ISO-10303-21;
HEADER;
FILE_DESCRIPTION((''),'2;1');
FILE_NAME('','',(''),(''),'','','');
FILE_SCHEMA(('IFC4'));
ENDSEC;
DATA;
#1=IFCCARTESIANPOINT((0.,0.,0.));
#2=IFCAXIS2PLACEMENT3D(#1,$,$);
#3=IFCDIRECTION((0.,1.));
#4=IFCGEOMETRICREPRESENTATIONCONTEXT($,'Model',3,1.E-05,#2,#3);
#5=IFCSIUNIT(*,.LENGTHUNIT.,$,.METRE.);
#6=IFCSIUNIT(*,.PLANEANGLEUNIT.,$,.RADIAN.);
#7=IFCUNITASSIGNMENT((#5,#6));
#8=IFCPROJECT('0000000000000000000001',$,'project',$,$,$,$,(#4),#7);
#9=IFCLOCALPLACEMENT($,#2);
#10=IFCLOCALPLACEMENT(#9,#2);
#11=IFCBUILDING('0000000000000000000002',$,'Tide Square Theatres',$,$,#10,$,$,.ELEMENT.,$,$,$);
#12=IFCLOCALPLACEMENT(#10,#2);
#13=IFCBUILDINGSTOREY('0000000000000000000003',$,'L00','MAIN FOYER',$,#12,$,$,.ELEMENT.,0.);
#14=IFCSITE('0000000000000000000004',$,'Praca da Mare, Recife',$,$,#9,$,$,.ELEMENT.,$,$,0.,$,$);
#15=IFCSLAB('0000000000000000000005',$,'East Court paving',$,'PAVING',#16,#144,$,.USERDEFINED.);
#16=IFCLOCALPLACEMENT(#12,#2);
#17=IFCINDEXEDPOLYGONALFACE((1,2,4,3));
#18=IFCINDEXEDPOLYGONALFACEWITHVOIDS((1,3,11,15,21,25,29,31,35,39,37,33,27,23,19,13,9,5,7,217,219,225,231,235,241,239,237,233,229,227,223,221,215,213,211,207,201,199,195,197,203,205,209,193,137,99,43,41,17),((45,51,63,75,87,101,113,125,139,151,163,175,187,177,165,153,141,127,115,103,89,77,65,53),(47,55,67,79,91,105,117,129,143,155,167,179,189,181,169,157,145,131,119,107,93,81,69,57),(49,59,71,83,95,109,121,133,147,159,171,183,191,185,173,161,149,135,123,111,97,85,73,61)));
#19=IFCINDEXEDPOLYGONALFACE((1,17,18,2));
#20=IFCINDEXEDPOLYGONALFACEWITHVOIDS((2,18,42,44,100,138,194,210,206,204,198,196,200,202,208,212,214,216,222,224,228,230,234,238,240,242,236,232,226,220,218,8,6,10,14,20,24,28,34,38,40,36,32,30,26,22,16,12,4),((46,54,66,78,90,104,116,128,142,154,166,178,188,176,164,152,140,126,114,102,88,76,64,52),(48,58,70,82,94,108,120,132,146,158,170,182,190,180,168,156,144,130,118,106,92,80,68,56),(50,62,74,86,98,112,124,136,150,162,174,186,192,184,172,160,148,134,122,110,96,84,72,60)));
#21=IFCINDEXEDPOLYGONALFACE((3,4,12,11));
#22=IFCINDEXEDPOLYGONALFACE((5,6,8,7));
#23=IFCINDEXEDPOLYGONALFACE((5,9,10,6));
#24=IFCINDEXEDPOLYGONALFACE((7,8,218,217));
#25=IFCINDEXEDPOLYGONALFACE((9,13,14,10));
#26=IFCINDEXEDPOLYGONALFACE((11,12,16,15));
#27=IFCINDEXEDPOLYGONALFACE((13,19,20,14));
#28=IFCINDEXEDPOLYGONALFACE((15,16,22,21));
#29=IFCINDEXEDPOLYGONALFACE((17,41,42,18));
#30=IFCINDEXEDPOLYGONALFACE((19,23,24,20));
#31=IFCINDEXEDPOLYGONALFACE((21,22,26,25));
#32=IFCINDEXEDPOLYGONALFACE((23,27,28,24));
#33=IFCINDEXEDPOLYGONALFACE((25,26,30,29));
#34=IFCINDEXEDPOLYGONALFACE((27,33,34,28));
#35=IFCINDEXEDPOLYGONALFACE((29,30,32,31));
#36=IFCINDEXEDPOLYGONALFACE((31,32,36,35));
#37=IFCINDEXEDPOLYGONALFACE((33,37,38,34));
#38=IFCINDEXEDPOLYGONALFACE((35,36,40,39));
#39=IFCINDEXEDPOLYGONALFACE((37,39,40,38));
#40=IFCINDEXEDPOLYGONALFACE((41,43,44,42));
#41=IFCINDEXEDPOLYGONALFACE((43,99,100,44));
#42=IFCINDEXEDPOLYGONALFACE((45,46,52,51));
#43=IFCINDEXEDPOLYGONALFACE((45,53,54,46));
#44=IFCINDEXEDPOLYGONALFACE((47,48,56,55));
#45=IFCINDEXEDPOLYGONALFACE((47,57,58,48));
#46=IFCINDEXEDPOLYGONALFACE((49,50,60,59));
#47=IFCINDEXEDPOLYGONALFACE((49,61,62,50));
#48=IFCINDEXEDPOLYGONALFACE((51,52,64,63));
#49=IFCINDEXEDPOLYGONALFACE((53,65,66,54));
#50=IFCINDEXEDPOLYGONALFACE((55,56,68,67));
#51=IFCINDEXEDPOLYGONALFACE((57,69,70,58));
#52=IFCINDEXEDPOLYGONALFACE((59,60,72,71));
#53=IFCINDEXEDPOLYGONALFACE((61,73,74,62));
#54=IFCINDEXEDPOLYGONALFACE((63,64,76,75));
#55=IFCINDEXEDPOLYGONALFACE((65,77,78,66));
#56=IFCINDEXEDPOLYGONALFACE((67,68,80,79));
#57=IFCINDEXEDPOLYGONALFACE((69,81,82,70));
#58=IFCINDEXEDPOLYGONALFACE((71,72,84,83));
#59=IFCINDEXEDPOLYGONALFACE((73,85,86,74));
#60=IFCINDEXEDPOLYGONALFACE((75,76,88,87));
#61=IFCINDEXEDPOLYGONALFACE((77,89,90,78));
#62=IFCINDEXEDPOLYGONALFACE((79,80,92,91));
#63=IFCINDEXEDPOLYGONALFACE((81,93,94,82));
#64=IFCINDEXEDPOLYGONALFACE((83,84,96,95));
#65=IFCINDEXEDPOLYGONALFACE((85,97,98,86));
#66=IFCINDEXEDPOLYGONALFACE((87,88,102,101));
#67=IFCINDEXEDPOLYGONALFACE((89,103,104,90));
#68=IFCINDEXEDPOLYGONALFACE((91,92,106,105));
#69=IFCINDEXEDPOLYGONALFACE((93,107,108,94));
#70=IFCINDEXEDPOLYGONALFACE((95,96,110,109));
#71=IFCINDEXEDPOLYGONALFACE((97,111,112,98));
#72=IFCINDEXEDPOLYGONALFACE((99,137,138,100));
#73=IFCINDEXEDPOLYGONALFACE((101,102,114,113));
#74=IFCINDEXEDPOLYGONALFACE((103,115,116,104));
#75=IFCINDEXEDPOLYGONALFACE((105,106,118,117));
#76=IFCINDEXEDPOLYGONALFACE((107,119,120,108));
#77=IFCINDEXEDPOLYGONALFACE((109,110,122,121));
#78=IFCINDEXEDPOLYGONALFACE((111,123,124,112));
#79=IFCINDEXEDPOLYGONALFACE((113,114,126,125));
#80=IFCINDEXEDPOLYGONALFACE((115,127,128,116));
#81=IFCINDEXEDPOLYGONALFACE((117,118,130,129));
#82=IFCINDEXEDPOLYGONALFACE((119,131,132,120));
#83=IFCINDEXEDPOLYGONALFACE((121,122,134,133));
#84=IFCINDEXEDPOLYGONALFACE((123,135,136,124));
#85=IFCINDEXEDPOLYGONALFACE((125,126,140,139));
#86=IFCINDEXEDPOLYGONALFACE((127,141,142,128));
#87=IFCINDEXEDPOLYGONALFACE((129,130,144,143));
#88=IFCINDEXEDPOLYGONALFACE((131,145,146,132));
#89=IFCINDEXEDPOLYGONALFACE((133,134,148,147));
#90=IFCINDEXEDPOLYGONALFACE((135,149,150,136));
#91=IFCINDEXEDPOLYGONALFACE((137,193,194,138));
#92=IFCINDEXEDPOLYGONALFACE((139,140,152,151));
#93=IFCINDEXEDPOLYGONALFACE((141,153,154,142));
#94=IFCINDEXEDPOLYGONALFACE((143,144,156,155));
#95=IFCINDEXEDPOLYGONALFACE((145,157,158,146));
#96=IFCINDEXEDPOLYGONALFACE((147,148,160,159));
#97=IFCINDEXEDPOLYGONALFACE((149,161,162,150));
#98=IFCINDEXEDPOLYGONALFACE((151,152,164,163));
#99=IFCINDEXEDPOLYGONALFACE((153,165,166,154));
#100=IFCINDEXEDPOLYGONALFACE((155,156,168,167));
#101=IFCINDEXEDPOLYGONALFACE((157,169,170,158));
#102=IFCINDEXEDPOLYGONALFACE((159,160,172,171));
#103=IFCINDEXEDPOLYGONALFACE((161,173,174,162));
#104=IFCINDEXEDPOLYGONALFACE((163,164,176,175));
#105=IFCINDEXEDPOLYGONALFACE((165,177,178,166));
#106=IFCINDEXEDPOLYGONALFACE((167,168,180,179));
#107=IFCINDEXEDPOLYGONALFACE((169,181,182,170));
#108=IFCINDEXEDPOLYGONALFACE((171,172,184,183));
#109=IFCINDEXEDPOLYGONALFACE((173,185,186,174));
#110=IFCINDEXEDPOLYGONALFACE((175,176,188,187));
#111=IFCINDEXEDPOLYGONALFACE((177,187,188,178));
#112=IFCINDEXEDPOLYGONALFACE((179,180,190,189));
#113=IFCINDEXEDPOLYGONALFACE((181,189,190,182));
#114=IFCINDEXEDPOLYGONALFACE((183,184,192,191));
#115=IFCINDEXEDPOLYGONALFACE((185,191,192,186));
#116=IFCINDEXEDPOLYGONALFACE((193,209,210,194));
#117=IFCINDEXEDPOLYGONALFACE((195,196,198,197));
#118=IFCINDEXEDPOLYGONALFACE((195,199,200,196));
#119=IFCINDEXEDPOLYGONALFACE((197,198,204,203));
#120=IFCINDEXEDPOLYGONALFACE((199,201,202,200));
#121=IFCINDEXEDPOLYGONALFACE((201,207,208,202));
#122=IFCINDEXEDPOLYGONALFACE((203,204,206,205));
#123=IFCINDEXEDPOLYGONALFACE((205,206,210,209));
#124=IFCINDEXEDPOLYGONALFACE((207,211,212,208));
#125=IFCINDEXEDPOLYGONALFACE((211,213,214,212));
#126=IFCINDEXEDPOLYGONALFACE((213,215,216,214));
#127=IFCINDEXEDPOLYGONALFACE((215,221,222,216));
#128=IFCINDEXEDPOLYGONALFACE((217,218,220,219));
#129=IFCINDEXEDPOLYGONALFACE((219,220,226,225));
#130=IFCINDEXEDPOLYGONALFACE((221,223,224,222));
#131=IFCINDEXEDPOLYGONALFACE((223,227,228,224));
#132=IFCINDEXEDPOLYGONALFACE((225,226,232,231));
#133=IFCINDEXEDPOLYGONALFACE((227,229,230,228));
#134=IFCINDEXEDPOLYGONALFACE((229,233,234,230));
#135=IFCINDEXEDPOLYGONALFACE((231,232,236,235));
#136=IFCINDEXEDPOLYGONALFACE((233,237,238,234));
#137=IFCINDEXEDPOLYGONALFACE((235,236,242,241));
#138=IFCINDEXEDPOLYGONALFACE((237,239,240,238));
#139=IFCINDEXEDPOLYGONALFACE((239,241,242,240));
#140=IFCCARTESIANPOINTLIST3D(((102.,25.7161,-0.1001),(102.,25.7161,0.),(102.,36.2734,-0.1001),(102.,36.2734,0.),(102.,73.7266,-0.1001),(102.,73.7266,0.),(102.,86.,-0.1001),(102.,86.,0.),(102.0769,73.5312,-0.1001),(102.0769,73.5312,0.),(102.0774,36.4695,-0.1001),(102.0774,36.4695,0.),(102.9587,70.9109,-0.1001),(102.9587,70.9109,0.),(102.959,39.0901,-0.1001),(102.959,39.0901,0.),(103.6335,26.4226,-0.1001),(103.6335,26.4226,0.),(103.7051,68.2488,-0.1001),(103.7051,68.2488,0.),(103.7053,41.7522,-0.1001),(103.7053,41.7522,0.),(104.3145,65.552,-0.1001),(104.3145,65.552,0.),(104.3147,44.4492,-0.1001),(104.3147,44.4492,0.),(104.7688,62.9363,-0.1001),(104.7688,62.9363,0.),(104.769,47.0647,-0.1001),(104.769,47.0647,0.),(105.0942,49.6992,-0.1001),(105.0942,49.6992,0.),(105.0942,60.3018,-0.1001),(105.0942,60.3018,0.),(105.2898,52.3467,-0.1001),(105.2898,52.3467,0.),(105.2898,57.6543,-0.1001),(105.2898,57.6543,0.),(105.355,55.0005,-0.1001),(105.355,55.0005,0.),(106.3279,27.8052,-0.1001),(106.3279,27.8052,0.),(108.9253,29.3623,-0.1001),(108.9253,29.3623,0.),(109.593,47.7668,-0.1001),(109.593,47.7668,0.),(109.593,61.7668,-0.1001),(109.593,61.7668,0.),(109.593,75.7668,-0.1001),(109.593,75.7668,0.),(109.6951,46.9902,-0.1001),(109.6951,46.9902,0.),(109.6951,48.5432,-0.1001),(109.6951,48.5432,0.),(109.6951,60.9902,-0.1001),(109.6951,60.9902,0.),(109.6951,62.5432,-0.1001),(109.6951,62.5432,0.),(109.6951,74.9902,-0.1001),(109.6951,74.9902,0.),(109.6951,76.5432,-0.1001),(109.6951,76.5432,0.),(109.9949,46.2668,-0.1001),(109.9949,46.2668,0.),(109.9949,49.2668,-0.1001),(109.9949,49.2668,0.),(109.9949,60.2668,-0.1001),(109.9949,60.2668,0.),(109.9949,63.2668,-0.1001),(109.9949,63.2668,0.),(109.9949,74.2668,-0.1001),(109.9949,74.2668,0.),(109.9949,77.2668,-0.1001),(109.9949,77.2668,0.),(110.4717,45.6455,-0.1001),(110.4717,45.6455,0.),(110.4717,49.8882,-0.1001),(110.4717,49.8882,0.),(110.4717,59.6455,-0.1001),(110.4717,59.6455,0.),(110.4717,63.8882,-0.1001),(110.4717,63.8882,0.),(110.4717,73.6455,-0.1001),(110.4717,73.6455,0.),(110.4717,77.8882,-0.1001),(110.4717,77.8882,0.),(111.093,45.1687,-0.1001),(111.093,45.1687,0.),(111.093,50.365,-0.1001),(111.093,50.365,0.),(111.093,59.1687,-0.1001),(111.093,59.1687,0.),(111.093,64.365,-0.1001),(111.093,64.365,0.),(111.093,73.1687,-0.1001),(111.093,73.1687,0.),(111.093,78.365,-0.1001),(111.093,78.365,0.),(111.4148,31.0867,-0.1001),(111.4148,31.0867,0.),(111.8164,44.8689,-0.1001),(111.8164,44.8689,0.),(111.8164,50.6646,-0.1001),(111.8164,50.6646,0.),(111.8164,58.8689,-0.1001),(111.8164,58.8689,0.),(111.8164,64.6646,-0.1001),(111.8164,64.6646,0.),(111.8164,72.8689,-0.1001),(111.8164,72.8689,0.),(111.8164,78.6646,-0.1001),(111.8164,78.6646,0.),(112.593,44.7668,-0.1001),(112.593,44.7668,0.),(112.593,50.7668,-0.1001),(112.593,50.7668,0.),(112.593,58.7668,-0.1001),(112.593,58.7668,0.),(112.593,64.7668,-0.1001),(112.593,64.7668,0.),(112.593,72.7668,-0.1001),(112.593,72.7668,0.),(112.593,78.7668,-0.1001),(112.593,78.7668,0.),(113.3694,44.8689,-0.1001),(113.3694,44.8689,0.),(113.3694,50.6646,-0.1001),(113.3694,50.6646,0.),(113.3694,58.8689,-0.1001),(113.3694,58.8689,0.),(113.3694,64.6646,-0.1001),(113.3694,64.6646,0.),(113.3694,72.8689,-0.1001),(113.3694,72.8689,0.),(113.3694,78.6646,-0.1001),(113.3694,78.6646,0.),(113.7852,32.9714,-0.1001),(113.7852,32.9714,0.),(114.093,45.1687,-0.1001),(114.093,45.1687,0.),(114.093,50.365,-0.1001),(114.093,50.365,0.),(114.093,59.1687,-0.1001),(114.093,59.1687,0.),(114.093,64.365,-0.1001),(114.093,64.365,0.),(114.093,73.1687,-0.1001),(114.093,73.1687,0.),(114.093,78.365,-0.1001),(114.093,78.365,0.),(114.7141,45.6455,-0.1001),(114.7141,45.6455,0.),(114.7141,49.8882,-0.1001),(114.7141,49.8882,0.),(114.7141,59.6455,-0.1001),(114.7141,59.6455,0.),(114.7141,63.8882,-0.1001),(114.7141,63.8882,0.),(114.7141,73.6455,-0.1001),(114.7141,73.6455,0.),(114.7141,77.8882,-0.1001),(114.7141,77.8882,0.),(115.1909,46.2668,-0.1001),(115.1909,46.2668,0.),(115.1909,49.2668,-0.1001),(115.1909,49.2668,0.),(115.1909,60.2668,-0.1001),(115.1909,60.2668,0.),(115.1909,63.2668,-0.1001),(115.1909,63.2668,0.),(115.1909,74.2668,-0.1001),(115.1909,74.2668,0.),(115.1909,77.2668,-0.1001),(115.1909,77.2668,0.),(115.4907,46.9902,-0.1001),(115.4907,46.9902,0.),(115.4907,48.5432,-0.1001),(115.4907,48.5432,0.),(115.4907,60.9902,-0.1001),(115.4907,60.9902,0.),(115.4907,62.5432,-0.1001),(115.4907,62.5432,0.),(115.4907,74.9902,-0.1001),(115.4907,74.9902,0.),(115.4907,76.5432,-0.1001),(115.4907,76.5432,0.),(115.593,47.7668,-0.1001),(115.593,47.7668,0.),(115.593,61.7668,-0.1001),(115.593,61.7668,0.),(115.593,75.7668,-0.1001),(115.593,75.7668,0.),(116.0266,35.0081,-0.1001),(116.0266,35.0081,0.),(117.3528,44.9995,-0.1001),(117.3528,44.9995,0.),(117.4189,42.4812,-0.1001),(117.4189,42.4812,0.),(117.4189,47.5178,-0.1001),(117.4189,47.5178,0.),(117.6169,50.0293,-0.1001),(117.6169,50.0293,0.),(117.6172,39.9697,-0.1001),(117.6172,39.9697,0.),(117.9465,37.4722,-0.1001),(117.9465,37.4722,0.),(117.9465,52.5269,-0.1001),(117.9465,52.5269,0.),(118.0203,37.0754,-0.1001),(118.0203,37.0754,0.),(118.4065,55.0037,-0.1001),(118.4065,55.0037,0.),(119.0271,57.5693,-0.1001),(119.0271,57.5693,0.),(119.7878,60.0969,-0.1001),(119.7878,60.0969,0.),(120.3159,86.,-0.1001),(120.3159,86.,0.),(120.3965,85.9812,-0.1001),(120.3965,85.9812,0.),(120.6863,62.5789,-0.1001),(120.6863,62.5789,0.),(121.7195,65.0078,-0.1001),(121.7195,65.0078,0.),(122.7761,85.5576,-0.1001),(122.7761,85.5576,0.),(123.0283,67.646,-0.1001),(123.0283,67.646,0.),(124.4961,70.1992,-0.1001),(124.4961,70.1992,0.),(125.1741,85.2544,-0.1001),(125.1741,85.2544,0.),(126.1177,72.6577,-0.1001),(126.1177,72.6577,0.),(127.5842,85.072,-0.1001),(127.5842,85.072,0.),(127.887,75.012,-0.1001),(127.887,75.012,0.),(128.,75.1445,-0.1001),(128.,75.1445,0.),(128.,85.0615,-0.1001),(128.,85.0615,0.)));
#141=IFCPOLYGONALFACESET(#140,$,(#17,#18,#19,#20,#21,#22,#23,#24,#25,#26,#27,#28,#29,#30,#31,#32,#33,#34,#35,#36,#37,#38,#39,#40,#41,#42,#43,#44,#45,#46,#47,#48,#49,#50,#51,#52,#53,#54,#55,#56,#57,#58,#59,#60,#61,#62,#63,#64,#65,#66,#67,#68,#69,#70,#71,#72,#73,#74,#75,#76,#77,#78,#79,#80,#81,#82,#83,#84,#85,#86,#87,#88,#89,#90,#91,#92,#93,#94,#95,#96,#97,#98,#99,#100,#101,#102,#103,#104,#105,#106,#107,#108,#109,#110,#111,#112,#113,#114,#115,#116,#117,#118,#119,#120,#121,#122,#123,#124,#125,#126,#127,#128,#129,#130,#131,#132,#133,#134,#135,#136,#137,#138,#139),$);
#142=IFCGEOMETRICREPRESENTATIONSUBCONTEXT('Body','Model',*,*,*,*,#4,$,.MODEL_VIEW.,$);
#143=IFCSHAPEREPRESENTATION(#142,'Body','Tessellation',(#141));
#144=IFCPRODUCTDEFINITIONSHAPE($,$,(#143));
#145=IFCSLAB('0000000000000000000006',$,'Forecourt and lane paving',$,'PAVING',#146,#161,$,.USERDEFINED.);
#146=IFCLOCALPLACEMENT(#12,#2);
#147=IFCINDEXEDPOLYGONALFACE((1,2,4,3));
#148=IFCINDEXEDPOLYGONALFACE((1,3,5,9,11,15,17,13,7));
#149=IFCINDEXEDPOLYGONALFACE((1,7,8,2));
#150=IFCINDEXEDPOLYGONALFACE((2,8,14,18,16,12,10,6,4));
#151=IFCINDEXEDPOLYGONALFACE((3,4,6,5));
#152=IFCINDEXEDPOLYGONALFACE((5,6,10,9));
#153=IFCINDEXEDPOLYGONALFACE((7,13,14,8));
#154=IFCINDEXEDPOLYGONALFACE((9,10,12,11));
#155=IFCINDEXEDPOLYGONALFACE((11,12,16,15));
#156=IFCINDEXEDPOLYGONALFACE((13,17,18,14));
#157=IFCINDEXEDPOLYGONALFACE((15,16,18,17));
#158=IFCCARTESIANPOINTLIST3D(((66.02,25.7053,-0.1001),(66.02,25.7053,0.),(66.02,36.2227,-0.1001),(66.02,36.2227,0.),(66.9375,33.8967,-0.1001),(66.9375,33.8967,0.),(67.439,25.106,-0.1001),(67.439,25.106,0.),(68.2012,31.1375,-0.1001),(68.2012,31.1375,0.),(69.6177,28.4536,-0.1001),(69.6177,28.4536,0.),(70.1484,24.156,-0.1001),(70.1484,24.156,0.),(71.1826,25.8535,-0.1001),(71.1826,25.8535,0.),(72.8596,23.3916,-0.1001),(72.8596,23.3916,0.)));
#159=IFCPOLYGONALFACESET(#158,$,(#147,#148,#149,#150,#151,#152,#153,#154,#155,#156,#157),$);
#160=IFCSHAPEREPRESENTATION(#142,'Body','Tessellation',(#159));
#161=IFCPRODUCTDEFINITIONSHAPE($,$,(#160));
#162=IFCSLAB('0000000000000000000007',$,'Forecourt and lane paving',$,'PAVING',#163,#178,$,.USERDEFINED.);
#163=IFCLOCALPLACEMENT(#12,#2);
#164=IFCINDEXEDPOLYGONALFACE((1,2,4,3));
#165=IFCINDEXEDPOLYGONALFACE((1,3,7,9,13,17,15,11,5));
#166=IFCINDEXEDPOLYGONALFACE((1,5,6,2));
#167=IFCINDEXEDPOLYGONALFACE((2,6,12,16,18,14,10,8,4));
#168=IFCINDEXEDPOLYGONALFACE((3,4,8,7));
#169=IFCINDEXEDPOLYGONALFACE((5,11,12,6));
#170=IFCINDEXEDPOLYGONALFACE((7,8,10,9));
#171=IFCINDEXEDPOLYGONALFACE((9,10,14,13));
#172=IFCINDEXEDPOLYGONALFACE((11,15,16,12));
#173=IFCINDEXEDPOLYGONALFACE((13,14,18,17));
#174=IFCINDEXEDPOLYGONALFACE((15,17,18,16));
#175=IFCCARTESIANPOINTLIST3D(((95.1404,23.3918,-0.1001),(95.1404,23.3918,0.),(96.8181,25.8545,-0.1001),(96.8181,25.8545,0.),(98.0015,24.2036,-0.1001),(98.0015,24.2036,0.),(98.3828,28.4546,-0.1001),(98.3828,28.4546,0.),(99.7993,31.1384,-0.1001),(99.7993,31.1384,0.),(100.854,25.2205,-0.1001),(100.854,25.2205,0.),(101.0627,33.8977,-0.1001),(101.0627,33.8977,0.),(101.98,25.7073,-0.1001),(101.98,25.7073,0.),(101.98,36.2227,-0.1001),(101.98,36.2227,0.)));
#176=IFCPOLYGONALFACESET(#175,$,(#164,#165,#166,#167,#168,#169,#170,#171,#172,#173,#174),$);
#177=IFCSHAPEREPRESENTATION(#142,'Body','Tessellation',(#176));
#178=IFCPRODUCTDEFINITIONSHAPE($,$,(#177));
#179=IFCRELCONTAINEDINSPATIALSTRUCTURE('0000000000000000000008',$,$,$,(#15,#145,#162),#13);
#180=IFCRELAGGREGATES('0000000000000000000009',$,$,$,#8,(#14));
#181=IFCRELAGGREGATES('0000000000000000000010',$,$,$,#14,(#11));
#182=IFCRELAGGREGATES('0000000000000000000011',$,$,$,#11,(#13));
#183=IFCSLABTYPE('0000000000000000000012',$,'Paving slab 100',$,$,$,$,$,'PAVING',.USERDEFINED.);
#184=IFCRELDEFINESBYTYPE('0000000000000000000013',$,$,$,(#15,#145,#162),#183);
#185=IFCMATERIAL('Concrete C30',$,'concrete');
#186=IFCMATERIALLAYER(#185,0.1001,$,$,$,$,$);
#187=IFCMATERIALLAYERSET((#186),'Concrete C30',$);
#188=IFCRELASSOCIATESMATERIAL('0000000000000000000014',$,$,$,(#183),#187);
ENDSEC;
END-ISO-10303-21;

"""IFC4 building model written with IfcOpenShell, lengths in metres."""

from ifc_helpers import new_model, si_unit, direction, frame, origin, place, context, subcontext, project, spatial, polyline, outline, extrude, material, layer, layer_set, type_object, element, save


model = new_model("IFC4")

# Units and contexts
model_context = context("Model", 3, precision=1e-05, world=origin(), true_north=direction((0.0, 1.0)))
body_context = subcontext(model_context, "Body", "Model", "MODEL_VIEW")
ifc_project = project(units=[si_unit("LENGTHUNIT", "METRE"), si_unit("PLANEANGLEUNIT", "RADIAN")], contexts=[model_context])

# Site, building, storey
site_placement = place(None, origin())
site = spatial("IfcSite", under=ifc_project, at=site_placement, Name="Praca da Mare, Recife", CompositionType="ELEMENT", RefElevation=0.0)
building_placement = place(site_placement, origin())
building = spatial("IfcBuilding", under=site, at=building_placement, Name="Tide Square Theatres", CompositionType="ELEMENT")
storey_placement = place(building_placement, origin())
storey = spatial("IfcBuildingStorey", under=building, at=storey_placement, Name="L00", Description="MAIN FOYER", CompositionType="ELEMENT", Elevation=0.0)

# Slabs
ifc_material_1 = material(Name="Concrete C30", Category="concrete")
ifc_layer_1 = layer(ifc_material_1, 0.1001)
ifc_layer_set_1 = layer_set([ifc_layer_1], Name="Concrete C30")
slab_type_1 = type_object("IfcSlabType", Name="Paving slab 100", ElementType="PAVING", PredefinedType="USERDEFINED", material=ifc_layer_set_1)
slab_1_placement = place(storey_placement, frame((0.0, 0.0, -0.1001)))
element("IfcSlab", 1, at=slab_1_placement, inside=storey, type_object=slab_type_1, Name="East Court paving", ObjectType="PAVING", PredefinedType="USERDEFINED", context=body_context, shape_type="SweptSolid", body=[
    extrude(outline(polyline([(102.0, 36.2734), (102.0, 25.7161), (103.6335, 26.4226), (106.3279, 27.8052), (108.9253, 29.3623), (111.4148, 31.0867), (113.7852, 32.9714), (116.0266, 35.0081), (118.0203, 37.0754), (117.9465, 37.4722), (117.6172, 39.9697), (117.4189, 42.4812), (117.3528, 44.9995), (117.4189, 47.5178), (117.6169, 50.0293), (117.9465, 52.5269), (118.4065, 55.0037), (119.0271, 57.5693), (119.7878, 60.0969), (120.6863, 62.5789), (121.7195, 65.0078), (123.0283, 67.646), (124.4961, 70.1992), (126.1177, 72.6577), (127.887, 75.012), (128.0, 75.1445), (128.0, 85.0615), (127.5842, 85.072), (125.1741, 85.2544), (122.7761, 85.5576), (120.3965, 85.9812), (120.3159, 86.0), (102.0, 86.0), (102.0, 73.7266), (102.0769, 73.5312), (102.9587, 70.9109), (103.7051, 68.2488), (104.3145, 65.552), (104.7688, 62.9363), (105.0942, 60.3018), (105.2898, 57.6543), (105.355, 55.0005), (105.2898, 52.3467), (105.0942, 49.6992), (104.769, 47.0647), (104.3147, 44.4492), (103.7053, 41.7522), (102.959, 39.0901), (102.0774, 36.4695), (102.0, 36.2734)]), holes=[polyline([(115.593, 47.7668), (115.4907, 48.5432), (115.1909, 49.2668), (114.7141, 49.8882), (114.093, 50.365), (113.3694, 50.6646), (112.593, 50.7668), (111.8164, 50.6646), (111.093, 50.365), (110.4717, 49.8882), (109.9949, 49.2668), (109.6951, 48.5432), (109.593, 47.7668), (109.6951, 46.9902), (109.9949, 46.2668), (110.4717, 45.6455), (111.093, 45.1687), (111.8164, 44.8689), (112.593, 44.7668), (113.3694, 44.8689), (114.093, 45.1687), (114.7141, 45.6455), (115.1909, 46.2668), (115.4907, 46.9902), (115.593, 47.7668)]), polyline([(115.4907, 60.9902), (115.593, 61.7668), (115.4907, 62.5432), (115.1909, 63.2668), (114.7141, 63.8882), (114.093, 64.365), (113.3694, 64.6646), (112.593, 64.7668), (111.8164, 64.6646), (111.093, 64.365), (110.4717, 63.8882), (109.9949, 63.2668), (109.6951, 62.5432), (109.593, 61.7668), (109.6951, 60.9902), (109.9949, 60.2668), (110.4717, 59.6455), (111.093, 59.1687), (111.8164, 58.8689), (112.593, 58.7668), (113.3694, 58.8689), (114.093, 59.1687), (114.7141, 59.6455), (115.1909, 60.2668), (115.4907, 60.9902)]), polyline([(115.4907, 74.9902), (115.593, 75.7668), (115.4907, 76.5432), (115.1909, 77.2668), (114.7141, 77.8882), (114.093, 78.365), (113.3694, 78.6646), (112.593, 78.7668), (111.8164, 78.6646), (111.093, 78.365), (110.4717, 77.8882), (109.9949, 77.2668), (109.6951, 76.5432), (109.593, 75.7668), (109.6951, 74.9902), (109.9949, 74.2668), (110.4717, 73.6455), (111.093, 73.1687), (111.8164, 72.8689), (112.593, 72.7668), (113.3694, 72.8689), (114.093, 73.1687), (114.7141, 73.6455), (115.1909, 74.2668), (115.4907, 74.9902)])]), origin(), (0.0, 0.0, 1.0), 0.1001),
])
slab_2_placement = place(storey_placement, frame((0.0, 0.0, -0.1001)))
element("IfcSlab", 2, at=slab_2_placement, inside=storey, type_object=slab_type_1, Name="Forecourt and lane paving", ObjectType="PAVING", PredefinedType="USERDEFINED", context=body_context, shape_type="SweptSolid", body=[
    extrude(outline(polyline([(66.02, 25.7053), (67.439, 25.106), (70.1484, 24.156), (72.8596, 23.3916), (71.1826, 25.8535), (69.6177, 28.4536), (68.2012, 31.1375), (66.9375, 33.8967), (66.02, 36.2227), (66.02, 25.7053)])), origin(), (0.0, 0.0, 1.0), 0.1001),
])
slab_3_placement = place(storey_placement, frame((0.0, 0.0, -0.1001)))
element("IfcSlab", 3, at=slab_3_placement, inside=storey, type_object=slab_type_1, Name="Forecourt and lane paving", ObjectType="PAVING", PredefinedType="USERDEFINED", context=body_context, shape_type="SweptSolid", body=[
    extrude(outline(polyline([(95.1404, 23.3918), (98.0015, 24.2036), (100.854, 25.2205), (101.98, 25.7073), (101.98, 36.2227), (101.0627, 33.8977), (99.7993, 31.1384), (98.3828, 28.4546), (96.8181, 25.8545), (95.1404, 23.3918)])), origin(), (0.0, 0.0, 1.0), 0.1001),
])

save(model, "model.ifc")
